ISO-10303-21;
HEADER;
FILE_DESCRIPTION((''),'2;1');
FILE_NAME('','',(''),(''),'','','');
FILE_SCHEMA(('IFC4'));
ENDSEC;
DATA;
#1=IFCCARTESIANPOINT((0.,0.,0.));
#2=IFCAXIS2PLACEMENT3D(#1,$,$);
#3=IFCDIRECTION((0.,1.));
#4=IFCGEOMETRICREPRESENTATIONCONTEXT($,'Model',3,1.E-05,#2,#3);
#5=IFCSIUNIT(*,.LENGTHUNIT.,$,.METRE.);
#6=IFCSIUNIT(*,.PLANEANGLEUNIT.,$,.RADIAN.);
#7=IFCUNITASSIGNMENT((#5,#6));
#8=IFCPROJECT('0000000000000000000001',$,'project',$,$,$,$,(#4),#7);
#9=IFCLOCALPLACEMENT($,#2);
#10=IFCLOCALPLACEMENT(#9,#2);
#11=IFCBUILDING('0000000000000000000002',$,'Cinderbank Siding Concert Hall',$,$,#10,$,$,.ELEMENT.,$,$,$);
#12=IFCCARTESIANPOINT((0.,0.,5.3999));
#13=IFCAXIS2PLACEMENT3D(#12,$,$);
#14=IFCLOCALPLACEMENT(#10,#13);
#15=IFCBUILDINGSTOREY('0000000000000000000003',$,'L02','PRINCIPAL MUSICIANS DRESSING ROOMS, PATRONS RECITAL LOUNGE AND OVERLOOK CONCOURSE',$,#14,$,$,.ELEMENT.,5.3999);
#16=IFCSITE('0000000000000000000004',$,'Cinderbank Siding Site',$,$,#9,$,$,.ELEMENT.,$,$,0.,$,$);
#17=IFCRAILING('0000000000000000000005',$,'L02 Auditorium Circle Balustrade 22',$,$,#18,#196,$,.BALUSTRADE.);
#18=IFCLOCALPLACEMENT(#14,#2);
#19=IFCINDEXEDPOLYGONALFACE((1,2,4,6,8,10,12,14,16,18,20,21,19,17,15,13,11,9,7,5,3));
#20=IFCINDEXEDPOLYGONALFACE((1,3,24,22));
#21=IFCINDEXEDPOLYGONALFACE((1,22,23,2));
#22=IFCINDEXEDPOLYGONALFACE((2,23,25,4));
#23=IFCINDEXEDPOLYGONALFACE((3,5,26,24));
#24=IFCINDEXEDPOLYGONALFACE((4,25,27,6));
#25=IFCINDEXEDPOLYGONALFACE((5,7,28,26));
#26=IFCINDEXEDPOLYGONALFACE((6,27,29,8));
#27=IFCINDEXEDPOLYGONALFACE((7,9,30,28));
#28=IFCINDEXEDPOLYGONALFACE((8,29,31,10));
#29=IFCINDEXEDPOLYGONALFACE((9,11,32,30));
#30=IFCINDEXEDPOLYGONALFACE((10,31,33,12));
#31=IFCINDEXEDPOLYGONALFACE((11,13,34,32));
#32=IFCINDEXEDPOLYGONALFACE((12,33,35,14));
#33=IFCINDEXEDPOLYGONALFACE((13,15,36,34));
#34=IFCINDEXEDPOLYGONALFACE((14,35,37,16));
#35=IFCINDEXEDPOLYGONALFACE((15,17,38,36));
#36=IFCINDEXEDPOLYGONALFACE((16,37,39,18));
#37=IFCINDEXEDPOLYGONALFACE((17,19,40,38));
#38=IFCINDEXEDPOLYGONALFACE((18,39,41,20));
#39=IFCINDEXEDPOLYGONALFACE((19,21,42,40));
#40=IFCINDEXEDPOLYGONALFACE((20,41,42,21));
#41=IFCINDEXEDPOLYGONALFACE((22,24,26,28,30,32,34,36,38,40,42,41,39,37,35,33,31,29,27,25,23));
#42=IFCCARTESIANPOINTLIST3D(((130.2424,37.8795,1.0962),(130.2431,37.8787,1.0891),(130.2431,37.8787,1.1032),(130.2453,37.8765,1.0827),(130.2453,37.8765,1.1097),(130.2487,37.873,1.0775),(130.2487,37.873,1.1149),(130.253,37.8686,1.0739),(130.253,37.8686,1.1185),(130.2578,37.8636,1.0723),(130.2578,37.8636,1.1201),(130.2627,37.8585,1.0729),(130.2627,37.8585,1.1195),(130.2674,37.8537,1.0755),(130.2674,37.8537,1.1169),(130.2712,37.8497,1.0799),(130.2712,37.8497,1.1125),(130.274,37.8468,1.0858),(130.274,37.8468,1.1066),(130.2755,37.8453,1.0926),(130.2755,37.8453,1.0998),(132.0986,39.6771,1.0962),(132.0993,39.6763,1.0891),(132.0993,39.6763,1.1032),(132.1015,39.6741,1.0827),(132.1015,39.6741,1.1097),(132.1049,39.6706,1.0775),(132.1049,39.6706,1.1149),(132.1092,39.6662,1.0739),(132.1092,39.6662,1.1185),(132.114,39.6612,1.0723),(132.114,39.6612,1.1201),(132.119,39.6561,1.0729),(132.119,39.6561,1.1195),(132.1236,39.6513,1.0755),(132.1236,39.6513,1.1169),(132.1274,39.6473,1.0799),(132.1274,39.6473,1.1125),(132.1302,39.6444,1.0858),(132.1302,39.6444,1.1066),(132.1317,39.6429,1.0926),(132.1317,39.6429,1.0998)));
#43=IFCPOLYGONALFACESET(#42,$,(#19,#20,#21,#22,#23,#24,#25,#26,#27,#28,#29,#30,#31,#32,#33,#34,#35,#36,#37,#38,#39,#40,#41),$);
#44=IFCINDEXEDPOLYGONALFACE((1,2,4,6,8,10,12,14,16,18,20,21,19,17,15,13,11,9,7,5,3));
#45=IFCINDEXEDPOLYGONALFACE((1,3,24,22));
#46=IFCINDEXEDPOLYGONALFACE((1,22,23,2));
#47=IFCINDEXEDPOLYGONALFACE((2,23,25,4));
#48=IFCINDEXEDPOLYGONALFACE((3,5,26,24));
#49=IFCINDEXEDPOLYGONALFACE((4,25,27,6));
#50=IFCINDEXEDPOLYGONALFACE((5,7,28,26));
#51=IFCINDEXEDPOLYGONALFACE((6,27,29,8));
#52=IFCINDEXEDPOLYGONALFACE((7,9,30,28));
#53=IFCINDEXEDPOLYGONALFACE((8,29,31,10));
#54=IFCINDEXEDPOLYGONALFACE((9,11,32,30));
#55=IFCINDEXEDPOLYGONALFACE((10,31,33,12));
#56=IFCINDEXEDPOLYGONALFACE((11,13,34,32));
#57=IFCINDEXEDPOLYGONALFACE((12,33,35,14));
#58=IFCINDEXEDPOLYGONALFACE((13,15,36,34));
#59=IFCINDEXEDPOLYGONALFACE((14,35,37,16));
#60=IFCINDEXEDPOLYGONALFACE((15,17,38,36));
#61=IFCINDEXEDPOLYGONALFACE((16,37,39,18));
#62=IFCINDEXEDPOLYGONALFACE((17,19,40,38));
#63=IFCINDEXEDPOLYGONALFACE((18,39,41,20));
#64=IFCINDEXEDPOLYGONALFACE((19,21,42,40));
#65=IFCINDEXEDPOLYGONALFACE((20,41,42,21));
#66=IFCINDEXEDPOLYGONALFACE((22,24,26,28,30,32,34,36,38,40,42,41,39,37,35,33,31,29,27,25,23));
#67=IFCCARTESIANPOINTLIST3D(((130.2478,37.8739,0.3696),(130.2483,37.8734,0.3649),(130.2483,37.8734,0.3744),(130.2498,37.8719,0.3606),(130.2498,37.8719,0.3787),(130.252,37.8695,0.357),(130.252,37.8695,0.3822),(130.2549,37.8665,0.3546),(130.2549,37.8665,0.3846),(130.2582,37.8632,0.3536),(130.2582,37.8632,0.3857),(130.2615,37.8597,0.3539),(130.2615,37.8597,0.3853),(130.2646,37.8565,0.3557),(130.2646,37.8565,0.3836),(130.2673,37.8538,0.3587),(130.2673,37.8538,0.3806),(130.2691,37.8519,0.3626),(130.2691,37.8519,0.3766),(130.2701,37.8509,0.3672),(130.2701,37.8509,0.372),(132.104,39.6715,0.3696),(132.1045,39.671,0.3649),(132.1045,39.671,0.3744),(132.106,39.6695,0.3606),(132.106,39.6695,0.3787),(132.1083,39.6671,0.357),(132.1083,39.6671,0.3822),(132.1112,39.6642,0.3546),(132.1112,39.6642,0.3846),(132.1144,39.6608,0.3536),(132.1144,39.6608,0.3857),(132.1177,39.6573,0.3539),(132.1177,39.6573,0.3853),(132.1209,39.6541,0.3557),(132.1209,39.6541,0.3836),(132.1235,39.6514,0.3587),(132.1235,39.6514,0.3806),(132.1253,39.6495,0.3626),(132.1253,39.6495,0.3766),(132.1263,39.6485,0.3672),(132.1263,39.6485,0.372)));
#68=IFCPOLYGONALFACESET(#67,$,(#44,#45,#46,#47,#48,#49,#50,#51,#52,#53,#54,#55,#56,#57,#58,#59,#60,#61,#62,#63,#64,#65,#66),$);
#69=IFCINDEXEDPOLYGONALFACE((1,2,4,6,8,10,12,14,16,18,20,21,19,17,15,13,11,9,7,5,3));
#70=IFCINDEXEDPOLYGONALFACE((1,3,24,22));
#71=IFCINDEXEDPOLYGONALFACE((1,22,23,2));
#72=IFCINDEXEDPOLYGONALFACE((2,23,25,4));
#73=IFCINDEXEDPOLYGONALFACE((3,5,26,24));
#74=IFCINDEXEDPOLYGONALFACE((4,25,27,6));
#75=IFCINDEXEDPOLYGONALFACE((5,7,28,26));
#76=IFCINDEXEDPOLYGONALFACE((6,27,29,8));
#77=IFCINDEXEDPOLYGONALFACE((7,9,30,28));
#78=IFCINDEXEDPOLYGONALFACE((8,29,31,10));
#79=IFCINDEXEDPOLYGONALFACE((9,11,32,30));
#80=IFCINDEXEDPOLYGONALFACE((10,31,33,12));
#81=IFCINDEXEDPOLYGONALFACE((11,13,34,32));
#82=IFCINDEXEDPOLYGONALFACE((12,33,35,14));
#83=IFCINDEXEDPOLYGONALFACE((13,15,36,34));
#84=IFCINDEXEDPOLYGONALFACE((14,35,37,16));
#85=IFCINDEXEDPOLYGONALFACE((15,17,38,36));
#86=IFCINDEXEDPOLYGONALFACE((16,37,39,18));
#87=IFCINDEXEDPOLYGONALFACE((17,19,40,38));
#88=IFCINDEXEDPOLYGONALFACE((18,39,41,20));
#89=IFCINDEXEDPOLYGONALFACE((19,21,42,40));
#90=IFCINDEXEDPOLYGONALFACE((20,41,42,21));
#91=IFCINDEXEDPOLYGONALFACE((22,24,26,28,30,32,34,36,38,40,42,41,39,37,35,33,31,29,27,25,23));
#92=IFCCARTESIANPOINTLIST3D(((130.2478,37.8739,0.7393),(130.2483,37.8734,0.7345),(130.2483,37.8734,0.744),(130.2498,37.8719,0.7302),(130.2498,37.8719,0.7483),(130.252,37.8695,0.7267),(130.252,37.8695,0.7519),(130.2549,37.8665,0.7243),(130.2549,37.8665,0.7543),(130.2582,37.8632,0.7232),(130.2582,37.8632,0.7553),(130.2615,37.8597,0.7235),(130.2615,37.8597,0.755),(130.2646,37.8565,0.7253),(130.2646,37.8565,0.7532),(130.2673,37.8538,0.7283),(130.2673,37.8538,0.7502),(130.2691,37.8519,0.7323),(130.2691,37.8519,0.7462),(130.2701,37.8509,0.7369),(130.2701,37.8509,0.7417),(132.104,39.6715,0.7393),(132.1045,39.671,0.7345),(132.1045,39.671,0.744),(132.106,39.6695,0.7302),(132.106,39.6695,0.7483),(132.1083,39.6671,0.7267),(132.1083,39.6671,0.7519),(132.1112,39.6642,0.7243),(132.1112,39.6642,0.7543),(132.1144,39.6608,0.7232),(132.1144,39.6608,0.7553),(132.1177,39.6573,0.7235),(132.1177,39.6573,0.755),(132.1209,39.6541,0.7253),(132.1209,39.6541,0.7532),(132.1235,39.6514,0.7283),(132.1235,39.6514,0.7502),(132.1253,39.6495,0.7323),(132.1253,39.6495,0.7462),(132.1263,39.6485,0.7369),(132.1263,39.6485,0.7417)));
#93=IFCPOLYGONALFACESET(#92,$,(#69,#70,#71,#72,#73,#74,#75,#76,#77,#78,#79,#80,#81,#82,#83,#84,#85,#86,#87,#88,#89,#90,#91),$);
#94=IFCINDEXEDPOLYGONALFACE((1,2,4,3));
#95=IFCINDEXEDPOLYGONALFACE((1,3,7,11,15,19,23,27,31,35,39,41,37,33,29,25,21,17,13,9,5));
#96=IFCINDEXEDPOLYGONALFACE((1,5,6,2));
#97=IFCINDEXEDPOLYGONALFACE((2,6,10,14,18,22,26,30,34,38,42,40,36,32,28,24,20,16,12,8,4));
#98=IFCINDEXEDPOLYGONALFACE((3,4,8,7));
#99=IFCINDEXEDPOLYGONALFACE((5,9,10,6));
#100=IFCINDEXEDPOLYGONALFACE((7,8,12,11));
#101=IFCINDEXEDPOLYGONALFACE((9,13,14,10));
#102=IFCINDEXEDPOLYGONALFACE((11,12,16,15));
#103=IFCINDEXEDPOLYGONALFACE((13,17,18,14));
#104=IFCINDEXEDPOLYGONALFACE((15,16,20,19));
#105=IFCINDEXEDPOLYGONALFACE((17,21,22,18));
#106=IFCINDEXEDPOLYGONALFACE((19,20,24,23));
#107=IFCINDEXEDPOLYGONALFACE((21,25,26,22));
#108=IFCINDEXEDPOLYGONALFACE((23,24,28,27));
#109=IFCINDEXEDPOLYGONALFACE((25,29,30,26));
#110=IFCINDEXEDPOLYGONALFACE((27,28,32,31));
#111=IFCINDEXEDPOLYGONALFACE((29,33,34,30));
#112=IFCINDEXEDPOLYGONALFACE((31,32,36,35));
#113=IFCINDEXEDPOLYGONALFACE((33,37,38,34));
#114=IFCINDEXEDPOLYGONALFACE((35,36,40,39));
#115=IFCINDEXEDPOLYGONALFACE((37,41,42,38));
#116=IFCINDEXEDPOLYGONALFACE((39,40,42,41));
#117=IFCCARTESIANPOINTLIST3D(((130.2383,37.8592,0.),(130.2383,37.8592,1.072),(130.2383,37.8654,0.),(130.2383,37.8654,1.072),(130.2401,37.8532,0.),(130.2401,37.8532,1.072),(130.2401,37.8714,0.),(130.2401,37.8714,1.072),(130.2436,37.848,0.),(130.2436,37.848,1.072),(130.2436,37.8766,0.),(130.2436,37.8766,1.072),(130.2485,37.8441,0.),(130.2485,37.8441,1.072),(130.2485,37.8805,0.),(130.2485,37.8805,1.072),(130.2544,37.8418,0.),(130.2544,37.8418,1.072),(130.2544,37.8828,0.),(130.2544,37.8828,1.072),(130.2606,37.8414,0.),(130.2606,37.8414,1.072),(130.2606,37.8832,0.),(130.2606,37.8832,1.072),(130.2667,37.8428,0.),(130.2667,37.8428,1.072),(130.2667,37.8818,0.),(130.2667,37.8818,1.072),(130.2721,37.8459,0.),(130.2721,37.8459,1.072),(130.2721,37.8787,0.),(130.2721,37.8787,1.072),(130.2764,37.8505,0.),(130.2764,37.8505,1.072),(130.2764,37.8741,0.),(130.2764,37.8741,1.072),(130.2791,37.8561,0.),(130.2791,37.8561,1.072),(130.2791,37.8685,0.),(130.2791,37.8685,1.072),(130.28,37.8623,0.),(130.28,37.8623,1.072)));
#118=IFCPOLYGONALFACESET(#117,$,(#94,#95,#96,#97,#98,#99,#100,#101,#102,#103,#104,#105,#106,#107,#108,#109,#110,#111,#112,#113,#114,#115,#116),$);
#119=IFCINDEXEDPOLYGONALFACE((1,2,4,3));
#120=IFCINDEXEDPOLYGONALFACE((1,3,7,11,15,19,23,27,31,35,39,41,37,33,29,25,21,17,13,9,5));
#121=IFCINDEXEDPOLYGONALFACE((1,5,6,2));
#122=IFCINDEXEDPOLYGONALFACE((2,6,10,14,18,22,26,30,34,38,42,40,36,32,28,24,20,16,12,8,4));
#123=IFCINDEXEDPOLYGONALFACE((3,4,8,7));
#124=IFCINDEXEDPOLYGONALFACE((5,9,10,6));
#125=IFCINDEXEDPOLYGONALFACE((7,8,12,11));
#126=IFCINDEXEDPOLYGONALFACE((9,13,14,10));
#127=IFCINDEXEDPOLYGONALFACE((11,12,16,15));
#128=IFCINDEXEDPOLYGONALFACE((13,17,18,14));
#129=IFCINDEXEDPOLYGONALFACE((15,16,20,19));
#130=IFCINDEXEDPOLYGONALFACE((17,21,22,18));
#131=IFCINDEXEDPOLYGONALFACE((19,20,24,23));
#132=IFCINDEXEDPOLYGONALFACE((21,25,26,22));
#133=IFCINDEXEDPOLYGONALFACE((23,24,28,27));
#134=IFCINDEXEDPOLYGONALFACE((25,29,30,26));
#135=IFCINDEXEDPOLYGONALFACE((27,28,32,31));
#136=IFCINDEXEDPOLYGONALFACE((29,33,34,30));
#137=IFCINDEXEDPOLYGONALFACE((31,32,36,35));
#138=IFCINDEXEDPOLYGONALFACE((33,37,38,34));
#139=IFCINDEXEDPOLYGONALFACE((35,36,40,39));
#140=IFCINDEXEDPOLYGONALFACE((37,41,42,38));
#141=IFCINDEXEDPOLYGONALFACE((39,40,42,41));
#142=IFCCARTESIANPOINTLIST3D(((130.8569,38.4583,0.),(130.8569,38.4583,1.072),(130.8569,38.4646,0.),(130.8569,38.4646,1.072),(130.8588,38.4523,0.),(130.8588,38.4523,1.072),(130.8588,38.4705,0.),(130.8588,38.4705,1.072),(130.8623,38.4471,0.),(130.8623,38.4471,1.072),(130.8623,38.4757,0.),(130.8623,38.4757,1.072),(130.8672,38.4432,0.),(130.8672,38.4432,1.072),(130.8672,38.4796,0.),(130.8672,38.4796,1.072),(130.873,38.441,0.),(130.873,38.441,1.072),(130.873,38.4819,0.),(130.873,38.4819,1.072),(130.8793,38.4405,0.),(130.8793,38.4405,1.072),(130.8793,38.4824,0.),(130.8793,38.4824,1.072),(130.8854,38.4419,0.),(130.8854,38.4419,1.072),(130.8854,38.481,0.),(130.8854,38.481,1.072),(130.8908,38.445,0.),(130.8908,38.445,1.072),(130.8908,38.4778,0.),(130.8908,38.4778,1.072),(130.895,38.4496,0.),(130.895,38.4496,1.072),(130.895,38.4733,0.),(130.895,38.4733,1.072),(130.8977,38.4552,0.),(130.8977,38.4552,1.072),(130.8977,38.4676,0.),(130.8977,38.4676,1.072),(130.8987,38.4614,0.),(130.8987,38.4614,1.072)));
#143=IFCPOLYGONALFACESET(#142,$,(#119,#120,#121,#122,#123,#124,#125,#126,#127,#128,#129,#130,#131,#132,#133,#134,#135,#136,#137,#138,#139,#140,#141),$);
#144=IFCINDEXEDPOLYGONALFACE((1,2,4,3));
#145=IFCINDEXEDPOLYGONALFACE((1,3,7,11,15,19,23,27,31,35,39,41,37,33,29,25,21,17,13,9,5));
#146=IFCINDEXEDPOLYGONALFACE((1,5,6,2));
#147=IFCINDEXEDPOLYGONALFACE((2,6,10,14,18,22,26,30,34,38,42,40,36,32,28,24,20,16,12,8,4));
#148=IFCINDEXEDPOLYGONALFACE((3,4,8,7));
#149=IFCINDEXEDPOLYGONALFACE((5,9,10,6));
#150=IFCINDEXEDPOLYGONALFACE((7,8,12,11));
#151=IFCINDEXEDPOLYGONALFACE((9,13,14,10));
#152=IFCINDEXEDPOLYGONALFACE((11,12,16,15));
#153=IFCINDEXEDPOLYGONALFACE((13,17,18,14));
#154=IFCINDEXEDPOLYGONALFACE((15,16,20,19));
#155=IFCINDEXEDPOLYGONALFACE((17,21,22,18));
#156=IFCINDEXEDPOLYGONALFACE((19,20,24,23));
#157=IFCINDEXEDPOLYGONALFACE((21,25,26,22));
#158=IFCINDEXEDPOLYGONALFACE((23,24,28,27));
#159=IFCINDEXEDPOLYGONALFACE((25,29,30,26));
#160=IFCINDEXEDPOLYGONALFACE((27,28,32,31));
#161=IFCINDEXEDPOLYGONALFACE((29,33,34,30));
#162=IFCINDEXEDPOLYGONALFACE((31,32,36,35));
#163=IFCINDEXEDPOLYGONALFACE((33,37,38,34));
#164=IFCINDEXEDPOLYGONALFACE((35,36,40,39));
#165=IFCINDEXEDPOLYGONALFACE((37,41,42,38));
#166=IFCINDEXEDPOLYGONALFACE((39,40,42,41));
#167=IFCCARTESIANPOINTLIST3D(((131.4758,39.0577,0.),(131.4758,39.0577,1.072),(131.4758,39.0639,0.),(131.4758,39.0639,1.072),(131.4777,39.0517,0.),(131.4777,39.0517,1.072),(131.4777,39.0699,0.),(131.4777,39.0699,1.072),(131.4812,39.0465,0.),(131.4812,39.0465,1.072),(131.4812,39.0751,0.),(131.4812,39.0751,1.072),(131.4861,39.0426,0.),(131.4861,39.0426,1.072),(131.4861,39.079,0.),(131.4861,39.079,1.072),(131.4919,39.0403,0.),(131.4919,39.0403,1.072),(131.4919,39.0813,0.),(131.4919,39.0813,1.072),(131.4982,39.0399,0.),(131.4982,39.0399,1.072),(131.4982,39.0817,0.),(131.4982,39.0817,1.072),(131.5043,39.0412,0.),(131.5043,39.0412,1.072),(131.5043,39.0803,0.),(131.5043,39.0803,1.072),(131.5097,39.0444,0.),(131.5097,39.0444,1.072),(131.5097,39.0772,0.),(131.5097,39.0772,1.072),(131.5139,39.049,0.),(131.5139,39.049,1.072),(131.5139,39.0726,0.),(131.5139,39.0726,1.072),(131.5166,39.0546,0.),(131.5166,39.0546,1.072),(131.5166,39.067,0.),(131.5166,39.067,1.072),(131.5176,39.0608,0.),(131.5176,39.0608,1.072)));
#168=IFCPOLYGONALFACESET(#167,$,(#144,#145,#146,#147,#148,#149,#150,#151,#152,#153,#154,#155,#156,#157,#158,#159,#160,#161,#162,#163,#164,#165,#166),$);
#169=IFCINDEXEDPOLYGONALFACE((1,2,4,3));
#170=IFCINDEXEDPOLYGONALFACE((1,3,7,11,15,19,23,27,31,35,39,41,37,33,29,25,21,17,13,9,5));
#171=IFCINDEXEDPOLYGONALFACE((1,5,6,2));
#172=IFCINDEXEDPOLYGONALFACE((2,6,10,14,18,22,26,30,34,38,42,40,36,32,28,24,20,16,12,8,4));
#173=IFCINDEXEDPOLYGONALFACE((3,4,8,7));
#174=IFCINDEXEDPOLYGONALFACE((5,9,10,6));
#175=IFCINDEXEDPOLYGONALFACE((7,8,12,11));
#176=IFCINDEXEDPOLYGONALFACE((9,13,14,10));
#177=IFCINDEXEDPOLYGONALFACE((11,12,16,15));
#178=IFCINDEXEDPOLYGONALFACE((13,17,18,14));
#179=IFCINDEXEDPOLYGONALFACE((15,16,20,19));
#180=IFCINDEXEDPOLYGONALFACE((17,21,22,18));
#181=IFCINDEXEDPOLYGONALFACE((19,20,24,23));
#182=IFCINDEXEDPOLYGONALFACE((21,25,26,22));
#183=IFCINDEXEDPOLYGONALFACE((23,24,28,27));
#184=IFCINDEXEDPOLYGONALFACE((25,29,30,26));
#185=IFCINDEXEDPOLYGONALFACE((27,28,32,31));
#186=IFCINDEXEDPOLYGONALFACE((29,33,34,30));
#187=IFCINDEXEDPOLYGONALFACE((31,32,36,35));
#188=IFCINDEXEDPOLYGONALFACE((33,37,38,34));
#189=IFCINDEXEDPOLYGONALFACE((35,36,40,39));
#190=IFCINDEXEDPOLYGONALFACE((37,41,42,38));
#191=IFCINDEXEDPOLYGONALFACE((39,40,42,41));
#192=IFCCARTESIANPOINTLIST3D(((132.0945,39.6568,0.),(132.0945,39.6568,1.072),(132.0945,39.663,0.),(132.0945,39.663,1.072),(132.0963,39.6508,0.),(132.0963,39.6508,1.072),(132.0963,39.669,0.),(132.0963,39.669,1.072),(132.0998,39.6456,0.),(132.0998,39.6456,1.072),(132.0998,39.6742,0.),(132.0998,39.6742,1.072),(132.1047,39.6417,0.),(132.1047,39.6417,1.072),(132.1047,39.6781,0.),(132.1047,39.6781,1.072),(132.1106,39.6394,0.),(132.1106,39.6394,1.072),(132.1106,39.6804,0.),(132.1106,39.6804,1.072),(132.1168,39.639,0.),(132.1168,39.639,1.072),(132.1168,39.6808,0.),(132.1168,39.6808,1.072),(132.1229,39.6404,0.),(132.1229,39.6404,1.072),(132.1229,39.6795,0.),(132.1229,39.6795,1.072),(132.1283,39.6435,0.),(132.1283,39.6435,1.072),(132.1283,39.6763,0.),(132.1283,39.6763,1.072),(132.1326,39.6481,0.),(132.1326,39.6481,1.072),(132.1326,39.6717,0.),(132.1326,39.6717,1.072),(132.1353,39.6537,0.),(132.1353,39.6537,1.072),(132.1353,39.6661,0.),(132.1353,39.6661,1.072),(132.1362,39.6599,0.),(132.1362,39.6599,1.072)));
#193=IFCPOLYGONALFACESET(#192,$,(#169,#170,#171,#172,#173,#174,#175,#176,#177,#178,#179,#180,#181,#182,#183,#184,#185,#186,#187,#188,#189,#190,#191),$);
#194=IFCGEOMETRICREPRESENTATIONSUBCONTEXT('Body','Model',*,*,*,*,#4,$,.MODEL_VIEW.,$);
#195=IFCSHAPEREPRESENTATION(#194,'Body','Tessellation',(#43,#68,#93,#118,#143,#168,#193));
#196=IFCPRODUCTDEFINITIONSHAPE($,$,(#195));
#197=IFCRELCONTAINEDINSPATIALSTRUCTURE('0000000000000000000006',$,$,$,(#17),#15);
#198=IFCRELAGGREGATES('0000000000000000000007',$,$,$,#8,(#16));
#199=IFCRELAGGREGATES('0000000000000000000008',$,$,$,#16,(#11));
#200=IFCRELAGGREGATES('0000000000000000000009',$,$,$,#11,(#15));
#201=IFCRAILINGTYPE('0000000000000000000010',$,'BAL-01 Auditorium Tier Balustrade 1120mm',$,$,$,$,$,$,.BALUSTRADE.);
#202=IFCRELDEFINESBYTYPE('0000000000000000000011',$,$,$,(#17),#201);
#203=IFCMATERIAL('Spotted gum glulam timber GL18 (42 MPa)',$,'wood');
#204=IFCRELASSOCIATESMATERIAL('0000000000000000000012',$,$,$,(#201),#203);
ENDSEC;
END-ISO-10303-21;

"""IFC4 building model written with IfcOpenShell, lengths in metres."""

from ifc_helpers import new_model, si_unit, direction, frame, origin, origin_2d, place, context, subcontext, project, spatial, circle, extrude, material, type_object, element, save


model = new_model("IFC4")

# Units and contexts
model_context = context("Model", 3, precision=1e-05, world=origin(), true_north=direction((0.0, 1.0)))
body_context = subcontext(model_context, "Body", "Model", "MODEL_VIEW")
ifc_project = project(units=[si_unit("LENGTHUNIT", "METRE"), si_unit("PLANEANGLEUNIT", "RADIAN")], contexts=[model_context])

# Site, building, storey
site_placement = place(None, origin())
site = spatial("IfcSite", under=ifc_project, at=site_placement, Name="Cinderbank Siding Site", CompositionType="ELEMENT", RefElevation=0.0)
building_placement = place(site_placement, origin())
building = spatial("IfcBuilding", under=site, at=building_placement, Name="Cinderbank Siding Concert Hall", CompositionType="ELEMENT")
storey_placement = place(building_placement, frame((0.0, 0.0, 5.3999)))
storey = spatial("IfcBuildingStorey", under=building, at=storey_placement, Name="L02", Description="PRINCIPAL MUSICIANS DRESSING ROOMS, PATRONS RECITAL LOUNGE AND OVERLOOK CONCOURSE", CompositionType="ELEMENT", Elevation=5.3999)

# Railing
ifc_material_1 = material(Name="Spotted gum glulam timber GL18 (42 MPa)", Category="wood")
railing_type = type_object("IfcRailingType", Name="BAL-01 Auditorium Tier Balustrade 1120mm", PredefinedType="BALUSTRADE", material=ifc_material_1)
railing_1_placement = place(storey_placement, frame((130.259, 37.8623, 0.0)))
element("IfcRailing", 1, at=railing_1_placement, inside=storey, type_object=railing_type, Name="L02 Auditorium Circle Balustrade 22", PredefinedType="BALUSTRADE", context=body_context, shape_type="SweptSolid", body=[
    extrude(circle(Radius=0.0239, at=origin_2d()), frame((0.0, 0.0, 1.0962), z_axis=(0.718354, 0.695678, 0.0), x_axis=(-0.695678, 0.718354, 0.0)), (0.0, 0.0, 1.0), 2.584),
    extrude(circle(Radius=0.0161, at=origin_2d()), frame((0.0, 0.0, 0.3696), z_axis=(0.718354, 0.695678, 0.0), x_axis=(-0.695678, 0.718354, 0.0)), (0.0, 0.0, 1.0), 2.584),
    extrude(circle(Radius=0.0161, at=origin_2d()), frame((0.0, 0.0, 0.7393), z_axis=(0.718354, 0.695678, 0.0), x_axis=(-0.695678, 0.718354, 0.0)), (0.0, 0.0, 1.0), 2.584),
    extrude(circle(Radius=0.021, at=origin_2d()), origin(), (0.0, 0.0, 1.0), 1.072),
    extrude(circle(Radius=0.021, at=origin_2d()), frame((0.6187, 0.5991, 0.0)), (0.0, 0.0, 1.0), 1.072),
    extrude(circle(Radius=0.021, at=origin_2d()), frame((1.2375, 1.1985, 0.0)), (0.0, 0.0, 1.0), 1.072),
    extrude(circle(Radius=0.021, at=origin_2d()), frame((1.8562, 1.7976, 0.0)), (0.0, 0.0, 1.0), 1.072),
])

save(model, "model.ifc")
